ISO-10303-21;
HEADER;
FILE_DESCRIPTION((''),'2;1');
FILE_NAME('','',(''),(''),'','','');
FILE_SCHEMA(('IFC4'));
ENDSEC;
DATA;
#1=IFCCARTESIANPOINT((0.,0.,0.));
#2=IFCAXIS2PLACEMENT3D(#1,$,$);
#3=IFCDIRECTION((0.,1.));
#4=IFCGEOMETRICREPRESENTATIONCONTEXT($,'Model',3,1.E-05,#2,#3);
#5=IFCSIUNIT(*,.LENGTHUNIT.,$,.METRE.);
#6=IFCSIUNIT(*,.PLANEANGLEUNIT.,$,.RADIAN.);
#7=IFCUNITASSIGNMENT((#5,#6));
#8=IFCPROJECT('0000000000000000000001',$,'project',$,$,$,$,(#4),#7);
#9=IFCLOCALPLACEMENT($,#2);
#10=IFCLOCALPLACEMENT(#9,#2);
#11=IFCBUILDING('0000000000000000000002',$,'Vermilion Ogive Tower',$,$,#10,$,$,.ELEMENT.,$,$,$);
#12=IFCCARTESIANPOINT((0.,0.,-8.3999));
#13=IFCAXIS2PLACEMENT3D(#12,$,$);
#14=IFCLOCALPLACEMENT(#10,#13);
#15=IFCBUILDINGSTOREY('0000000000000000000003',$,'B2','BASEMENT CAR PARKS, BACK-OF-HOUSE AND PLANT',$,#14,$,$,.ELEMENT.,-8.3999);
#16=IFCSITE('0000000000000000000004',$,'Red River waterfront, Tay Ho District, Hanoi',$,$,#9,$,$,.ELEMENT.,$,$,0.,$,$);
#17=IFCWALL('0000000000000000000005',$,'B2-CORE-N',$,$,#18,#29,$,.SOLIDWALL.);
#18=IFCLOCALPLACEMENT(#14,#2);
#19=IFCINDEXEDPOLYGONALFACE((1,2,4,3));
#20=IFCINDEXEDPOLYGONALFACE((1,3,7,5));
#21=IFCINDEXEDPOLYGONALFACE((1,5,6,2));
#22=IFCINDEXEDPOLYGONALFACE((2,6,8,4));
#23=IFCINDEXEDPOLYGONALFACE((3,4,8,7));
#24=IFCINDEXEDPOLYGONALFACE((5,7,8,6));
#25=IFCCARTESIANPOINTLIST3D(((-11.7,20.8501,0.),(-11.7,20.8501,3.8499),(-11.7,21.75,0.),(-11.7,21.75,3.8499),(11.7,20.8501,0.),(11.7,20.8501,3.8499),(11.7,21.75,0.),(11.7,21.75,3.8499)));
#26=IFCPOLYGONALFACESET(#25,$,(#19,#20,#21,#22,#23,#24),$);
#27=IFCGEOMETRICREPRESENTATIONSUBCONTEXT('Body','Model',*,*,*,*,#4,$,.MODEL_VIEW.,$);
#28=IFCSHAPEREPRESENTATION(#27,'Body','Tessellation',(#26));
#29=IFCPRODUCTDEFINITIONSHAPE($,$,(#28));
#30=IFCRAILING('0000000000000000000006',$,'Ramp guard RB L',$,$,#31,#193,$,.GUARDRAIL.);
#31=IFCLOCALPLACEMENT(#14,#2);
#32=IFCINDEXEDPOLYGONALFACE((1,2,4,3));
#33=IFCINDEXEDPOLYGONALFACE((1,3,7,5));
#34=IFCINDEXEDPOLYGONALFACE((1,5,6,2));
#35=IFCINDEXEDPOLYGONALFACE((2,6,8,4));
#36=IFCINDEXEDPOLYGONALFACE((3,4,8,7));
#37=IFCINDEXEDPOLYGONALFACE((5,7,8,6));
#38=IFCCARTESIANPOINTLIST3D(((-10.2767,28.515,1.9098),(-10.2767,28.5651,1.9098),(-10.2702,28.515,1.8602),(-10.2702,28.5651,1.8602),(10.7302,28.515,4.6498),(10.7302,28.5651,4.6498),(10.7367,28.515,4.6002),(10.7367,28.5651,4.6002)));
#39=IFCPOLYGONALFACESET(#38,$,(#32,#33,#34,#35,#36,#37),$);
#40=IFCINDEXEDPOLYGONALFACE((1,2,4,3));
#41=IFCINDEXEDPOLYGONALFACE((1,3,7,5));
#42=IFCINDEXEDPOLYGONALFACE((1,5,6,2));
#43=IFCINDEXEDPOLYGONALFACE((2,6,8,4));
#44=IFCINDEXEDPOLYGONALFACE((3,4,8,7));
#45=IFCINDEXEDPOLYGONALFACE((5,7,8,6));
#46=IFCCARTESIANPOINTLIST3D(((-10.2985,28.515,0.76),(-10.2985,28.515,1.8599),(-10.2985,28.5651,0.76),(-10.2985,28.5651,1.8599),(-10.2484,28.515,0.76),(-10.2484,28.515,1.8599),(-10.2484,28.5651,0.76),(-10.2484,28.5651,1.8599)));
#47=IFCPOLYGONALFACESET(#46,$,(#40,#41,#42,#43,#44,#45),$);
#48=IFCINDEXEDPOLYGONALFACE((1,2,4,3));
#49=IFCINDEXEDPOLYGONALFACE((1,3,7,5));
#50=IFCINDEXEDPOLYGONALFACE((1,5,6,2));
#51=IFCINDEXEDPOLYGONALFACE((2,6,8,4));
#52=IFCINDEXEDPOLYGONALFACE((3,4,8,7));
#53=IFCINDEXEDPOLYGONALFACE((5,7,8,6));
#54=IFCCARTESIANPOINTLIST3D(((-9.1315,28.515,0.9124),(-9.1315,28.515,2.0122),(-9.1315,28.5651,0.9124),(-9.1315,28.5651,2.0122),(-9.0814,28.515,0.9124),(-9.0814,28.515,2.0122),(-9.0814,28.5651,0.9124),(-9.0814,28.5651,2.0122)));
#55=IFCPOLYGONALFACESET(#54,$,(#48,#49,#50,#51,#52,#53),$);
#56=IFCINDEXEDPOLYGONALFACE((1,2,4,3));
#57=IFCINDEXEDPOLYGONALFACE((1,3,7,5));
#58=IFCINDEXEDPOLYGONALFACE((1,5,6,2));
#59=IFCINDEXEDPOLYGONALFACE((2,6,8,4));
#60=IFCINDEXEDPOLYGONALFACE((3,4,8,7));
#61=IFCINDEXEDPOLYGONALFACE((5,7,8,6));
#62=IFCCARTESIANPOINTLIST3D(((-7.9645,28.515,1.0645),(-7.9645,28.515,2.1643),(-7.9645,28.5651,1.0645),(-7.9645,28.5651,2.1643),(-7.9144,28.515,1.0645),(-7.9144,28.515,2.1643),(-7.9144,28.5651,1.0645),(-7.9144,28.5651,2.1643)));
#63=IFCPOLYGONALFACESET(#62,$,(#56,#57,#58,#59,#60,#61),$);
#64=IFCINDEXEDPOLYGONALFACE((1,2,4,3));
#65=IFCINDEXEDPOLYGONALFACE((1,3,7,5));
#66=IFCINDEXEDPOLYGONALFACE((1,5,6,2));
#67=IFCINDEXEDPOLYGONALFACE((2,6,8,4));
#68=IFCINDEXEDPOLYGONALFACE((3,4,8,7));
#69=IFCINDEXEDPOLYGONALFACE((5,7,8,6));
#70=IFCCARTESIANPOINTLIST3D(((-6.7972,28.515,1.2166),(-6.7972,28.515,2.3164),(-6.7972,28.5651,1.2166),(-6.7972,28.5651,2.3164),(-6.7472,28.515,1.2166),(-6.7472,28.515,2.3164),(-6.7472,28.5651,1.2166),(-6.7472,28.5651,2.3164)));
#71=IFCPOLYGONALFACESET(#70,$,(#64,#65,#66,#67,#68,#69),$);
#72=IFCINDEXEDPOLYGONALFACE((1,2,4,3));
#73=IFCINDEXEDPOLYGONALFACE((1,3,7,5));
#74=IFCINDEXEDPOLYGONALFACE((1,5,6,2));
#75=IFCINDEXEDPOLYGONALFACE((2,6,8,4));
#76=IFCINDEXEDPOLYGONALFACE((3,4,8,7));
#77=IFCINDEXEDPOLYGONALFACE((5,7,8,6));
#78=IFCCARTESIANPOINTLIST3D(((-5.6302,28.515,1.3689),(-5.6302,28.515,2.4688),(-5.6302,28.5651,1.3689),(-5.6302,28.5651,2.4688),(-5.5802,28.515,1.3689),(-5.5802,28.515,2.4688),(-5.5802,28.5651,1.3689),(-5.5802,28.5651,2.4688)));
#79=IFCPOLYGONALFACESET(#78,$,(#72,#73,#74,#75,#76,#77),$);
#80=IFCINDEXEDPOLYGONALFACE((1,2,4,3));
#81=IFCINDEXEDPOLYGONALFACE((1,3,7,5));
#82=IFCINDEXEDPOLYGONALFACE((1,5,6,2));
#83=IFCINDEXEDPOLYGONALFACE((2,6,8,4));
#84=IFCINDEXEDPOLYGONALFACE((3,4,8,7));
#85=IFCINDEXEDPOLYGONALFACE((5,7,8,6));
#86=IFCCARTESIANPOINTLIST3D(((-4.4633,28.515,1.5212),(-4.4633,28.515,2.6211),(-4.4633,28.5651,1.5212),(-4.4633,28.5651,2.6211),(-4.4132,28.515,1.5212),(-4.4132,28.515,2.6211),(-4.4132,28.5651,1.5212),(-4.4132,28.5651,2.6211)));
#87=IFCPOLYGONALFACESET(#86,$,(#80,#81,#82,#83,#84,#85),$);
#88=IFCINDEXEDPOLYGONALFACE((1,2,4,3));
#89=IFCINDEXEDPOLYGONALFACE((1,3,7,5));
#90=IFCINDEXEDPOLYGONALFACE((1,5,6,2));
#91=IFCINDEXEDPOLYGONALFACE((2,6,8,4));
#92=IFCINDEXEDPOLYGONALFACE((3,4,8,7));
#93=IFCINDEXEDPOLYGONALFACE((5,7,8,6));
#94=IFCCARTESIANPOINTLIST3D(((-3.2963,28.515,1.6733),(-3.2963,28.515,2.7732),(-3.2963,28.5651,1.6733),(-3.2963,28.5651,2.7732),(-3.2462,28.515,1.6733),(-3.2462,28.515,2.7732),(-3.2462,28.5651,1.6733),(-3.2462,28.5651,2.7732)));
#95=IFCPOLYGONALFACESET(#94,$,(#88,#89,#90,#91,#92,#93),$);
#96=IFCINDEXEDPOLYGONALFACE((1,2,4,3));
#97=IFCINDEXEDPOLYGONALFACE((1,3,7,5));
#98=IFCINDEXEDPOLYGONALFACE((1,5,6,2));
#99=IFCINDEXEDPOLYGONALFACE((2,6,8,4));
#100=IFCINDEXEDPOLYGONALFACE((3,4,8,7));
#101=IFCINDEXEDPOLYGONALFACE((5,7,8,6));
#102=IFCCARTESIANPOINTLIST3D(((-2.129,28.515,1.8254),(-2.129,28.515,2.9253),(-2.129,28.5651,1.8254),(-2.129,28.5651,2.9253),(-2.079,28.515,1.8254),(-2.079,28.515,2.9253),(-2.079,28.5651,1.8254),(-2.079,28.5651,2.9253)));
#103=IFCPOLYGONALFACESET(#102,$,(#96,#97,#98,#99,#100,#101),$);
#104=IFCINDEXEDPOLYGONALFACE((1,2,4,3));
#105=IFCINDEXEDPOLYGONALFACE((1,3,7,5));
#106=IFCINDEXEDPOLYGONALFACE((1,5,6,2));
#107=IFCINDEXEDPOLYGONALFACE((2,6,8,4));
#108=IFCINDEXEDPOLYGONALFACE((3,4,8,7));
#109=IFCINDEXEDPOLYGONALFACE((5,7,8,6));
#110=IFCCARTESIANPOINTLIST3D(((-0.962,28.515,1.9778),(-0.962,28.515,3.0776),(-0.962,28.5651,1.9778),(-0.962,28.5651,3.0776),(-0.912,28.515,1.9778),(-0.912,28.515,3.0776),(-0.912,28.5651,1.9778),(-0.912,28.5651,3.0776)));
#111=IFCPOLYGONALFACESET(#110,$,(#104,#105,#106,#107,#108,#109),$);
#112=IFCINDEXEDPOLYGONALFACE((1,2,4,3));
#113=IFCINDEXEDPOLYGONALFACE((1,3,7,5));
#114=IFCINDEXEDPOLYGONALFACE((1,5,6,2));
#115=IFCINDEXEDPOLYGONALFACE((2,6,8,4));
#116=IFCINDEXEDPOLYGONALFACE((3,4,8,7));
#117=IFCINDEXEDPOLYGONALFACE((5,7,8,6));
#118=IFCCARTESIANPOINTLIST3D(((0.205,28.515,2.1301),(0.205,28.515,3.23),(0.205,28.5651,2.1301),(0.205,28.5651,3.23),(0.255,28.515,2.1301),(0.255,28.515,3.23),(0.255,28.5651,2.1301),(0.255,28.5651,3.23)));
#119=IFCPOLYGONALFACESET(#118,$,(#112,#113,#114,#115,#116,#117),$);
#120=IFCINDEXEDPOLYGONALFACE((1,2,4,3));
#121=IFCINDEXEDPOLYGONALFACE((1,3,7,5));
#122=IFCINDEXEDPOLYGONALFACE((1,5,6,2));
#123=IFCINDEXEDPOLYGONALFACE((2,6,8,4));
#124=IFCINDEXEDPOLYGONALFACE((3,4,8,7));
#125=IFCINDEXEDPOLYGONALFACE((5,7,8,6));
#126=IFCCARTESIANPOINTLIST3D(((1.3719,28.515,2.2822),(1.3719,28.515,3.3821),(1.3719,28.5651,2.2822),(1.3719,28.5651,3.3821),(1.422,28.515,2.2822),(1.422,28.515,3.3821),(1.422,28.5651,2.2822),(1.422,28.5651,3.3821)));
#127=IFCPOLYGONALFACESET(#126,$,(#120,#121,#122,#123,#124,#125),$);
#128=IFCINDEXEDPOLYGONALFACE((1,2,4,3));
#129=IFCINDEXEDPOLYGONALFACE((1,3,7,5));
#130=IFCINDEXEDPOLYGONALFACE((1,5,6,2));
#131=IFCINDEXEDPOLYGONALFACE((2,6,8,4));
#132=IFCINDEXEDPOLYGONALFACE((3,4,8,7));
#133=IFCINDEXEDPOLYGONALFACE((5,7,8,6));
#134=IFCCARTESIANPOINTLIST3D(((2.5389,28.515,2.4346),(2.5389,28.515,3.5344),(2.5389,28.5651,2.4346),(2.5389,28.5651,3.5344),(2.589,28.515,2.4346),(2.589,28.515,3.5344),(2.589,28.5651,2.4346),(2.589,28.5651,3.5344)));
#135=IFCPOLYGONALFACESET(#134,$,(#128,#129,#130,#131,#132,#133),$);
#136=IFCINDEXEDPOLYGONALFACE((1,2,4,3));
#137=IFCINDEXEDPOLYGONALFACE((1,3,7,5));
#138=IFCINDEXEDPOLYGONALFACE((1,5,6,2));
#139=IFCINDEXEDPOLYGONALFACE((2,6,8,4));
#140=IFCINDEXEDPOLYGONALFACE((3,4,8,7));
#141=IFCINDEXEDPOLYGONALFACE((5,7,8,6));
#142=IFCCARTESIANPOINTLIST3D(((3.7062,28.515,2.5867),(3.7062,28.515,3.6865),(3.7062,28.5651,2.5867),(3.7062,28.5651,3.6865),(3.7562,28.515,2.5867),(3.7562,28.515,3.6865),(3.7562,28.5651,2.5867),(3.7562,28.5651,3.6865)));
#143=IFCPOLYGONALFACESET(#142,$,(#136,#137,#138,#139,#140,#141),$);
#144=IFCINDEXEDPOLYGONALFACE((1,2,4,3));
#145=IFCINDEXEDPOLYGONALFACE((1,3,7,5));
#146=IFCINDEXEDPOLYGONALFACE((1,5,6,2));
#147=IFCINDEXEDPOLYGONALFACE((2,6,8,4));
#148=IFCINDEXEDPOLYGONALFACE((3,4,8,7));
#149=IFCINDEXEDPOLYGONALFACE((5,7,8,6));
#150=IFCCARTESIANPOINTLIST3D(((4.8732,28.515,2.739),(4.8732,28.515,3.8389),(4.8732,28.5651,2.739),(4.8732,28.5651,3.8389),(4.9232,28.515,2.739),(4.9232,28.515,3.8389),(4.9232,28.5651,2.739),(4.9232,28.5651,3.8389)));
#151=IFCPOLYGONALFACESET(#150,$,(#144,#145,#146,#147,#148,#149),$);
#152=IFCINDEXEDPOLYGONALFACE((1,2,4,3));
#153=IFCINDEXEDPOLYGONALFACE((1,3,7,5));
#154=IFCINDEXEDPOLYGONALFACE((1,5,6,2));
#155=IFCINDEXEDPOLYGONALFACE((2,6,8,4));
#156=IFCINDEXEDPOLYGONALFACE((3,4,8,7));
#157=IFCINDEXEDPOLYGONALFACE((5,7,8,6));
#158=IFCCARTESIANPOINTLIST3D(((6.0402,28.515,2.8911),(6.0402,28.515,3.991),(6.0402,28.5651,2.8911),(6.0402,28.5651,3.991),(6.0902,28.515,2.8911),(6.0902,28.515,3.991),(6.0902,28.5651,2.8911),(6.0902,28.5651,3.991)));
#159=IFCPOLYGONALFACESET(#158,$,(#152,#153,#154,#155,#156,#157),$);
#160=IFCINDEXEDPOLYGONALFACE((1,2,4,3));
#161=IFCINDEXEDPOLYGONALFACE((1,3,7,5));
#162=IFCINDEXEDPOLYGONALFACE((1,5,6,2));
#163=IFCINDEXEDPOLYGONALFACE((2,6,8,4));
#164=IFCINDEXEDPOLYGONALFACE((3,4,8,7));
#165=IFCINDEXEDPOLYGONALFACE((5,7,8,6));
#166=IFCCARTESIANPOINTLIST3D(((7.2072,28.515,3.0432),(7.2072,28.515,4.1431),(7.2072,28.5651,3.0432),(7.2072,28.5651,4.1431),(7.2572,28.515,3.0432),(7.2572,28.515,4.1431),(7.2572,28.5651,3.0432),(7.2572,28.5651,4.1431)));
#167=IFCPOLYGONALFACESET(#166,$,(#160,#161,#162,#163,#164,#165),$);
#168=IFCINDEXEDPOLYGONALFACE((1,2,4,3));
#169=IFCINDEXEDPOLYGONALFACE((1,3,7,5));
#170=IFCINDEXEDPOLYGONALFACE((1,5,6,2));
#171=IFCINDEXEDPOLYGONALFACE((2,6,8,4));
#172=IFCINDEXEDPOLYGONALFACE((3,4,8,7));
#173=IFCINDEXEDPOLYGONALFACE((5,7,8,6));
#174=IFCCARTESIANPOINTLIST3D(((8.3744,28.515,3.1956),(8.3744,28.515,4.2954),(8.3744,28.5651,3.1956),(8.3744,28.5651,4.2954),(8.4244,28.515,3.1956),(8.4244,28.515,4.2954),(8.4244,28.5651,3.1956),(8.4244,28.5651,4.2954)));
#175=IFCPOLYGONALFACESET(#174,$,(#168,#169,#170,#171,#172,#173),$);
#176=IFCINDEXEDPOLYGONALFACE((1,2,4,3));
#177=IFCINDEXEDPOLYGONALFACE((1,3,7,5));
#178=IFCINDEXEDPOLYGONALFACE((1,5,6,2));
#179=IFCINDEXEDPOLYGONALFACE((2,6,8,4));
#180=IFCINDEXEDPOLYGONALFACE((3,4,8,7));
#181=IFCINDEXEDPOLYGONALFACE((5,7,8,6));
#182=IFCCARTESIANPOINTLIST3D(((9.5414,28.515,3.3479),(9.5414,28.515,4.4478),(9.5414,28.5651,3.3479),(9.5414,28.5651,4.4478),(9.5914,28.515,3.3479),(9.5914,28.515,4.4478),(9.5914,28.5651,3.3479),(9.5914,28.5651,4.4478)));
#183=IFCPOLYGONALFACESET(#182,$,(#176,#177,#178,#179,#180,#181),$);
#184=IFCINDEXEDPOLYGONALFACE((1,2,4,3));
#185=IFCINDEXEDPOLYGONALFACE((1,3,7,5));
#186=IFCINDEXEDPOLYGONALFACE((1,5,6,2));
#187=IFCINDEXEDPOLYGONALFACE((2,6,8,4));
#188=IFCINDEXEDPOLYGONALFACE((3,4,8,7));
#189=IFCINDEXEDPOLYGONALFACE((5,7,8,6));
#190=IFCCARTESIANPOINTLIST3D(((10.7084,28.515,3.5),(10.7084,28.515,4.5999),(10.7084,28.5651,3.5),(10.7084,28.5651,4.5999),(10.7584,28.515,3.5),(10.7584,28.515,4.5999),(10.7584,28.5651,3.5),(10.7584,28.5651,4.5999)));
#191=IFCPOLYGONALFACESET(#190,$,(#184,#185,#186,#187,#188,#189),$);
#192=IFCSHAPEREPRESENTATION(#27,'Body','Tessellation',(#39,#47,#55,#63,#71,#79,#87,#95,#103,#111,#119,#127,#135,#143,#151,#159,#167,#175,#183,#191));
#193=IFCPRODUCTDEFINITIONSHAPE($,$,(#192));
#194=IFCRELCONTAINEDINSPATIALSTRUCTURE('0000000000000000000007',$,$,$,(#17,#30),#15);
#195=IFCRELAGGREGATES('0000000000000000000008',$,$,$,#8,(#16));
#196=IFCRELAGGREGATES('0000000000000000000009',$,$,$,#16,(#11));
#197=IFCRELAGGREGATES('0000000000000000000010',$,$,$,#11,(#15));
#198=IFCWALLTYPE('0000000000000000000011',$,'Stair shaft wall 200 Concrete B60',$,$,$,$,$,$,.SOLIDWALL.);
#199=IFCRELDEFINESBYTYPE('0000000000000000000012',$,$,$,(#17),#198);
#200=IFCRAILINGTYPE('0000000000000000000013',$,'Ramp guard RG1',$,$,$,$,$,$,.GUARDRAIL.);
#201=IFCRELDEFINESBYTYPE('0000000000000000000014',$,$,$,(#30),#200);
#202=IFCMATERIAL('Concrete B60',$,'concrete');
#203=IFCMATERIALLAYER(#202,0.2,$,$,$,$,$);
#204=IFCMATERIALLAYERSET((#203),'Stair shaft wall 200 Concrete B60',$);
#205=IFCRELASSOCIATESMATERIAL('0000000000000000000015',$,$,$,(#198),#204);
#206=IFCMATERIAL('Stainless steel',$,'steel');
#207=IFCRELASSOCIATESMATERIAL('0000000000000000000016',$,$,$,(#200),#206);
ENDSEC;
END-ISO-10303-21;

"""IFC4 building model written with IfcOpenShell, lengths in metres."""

from ifc_helpers import new_model, si_unit, direction, frame, frame_2d, origin, origin_2d, place, context, subcontext, project, spatial, rectangle, extrude, material, layer, layer_set, type_object, element, save


model = new_model("IFC4")

# Units and contexts
model_context = context("Model", 3, precision=1e-05, world=origin(), true_north=direction((0.0, 1.0)))
body_context = subcontext(model_context, "Body", "Model", "MODEL_VIEW")
ifc_project = project(units=[si_unit("LENGTHUNIT", "METRE"), si_unit("PLANEANGLEUNIT", "RADIAN")], contexts=[model_context])

# Site, building, storey
site_placement = place(None, origin())
site = spatial("IfcSite", under=ifc_project, at=site_placement, Name="Red River waterfront, Tay Ho District, Hanoi", CompositionType="ELEMENT", RefElevation=0.0)
building_placement = place(site_placement, origin())
building = spatial("IfcBuilding", under=site, at=building_placement, Name="Vermilion Ogive Tower", CompositionType="ELEMENT")
storey_placement = place(building_placement, frame((0.0, 0.0, -8.3999)))
storey = spatial("IfcBuildingStorey", under=building, at=storey_placement, Name="B2", Description="BASEMENT CAR PARKS, BACK-OF-HOUSE AND PLANT", CompositionType="ELEMENT", Elevation=-8.3999)

# Wall
ifc_material_1 = material(Name="Concrete B60", Category="concrete")
ifc_layer_1 = layer(ifc_material_1, 0.2)
ifc_layer_set_1 = layer_set([ifc_layer_1], Name="Stair shaft wall 200 Concrete B60")
wall_type_1 = type_object("IfcWallType", Name="Stair shaft wall 200 Concrete B60", PredefinedType="SOLIDWALL", material=ifc_layer_set_1)
wall_placement = place(storey_placement, frame((-11.7, 21.3, 0.0), z_axis=(0.0, 0.0, 1.0), x_axis=(1.0, 0.0, 0.0)))
element("IfcWall", 1, at=wall_placement, inside=storey, type_object=wall_type_1, Name="B2-CORE-N", PredefinedType="SOLIDWALL", context=body_context, shape_type="SweptSolid", body=[
    extrude(rectangle(XDim=23.3999, YDim=0.8999, at=frame_2d((11.7, 0.0))), origin(), (0.0, 0.0, 1.0), 3.8499),
])

# Railing
ifc_material_2 = material(Name="Stainless steel", Category="steel")
railing_type = type_object("IfcRailingType", Name="Ramp guard RG1", PredefinedType="GUARDRAIL", material=ifc_material_2)
railing_1_placement = place(storey_placement, frame((-10.2734, 28.54, 0.76)))
element("IfcRailing", 2, at=railing_1_placement, inside=storey, type_object=railing_type, Name="Ramp guard RB L", PredefinedType="GUARDRAIL", context=body_context, shape_type="SweptSolid", body=[
    extrude(rectangle(XDim=0.05, YDim=0.05, at=origin_2d()), frame((0.0, 0.0, 1.125), z_axis=(0.991601, 0.0, 0.129338), x_axis=(0.0, 1.0, 0.0)), (0.0, 0.0, 1.0), 21.1848),
    extrude(rectangle(XDim=0.05, YDim=0.05, at=origin_2d()), origin(), (0.0, 0.0, 1.0), 1.0999),
    extrude(rectangle(XDim=0.05, YDim=0.05, at=origin_2d()), frame((1.167, 0.0, 0.1523)), (0.0, 0.0, 1.0), 1.0999),
    extrude(rectangle(XDim=0.05, YDim=0.05, at=origin_2d()), frame((2.334, 0.0, 0.3044)), (0.0, 0.0, 1.0), 1.0999),
    extrude(rectangle(XDim=0.05, YDim=0.05, at=origin_2d()), frame((3.5012, 0.0, 0.4565)), (0.0, 0.0, 1.0), 1.0999),
    extrude(rectangle(XDim=0.05, YDim=0.05, at=origin_2d()), frame((4.6682, 0.0, 0.6089)), (0.0, 0.0, 1.0), 1.0999),
    extrude(rectangle(XDim=0.05, YDim=0.05, at=origin_2d()), frame((5.8352, 0.0, 0.7612)), (0.0, 0.0, 1.0), 1.0999),
    extrude(rectangle(XDim=0.05, YDim=0.05, at=origin_2d()), frame((7.0022, 0.0, 0.9133)), (0.0, 0.0, 1.0), 1.0999),
    extrude(rectangle(XDim=0.05, YDim=0.05, at=origin_2d()), frame((8.1694, 0.0, 1.0654)), (0.0, 0.0, 1.0), 1.0999),
    extrude(rectangle(XDim=0.05, YDim=0.05, at=origin_2d()), frame((9.3364, 0.0, 1.2178)), (0.0, 0.0, 1.0), 1.0999),
    extrude(rectangle(XDim=0.05, YDim=0.05, at=origin_2d()), frame((10.5034, 0.0, 1.3701)), (0.0, 0.0, 1.0), 1.0999),
    extrude(rectangle(XDim=0.05, YDim=0.05, at=origin_2d()), frame((11.6704, 0.0, 1.5222)), (0.0, 0.0, 1.0), 1.0999),
    extrude(rectangle(XDim=0.05, YDim=0.05, at=origin_2d()), frame((12.8374, 0.0, 1.6746)), (0.0, 0.0, 1.0), 1.0999),
    extrude(rectangle(XDim=0.05, YDim=0.05, at=origin_2d()), frame((14.0046, 0.0, 1.8267)), (0.0, 0.0, 1.0), 1.0999),
    extrude(rectangle(XDim=0.05, YDim=0.05, at=origin_2d()), frame((15.1716, 0.0, 1.979)), (0.0, 0.0, 1.0), 1.0999),
    extrude(rectangle(XDim=0.05, YDim=0.05, at=origin_2d()), frame((16.3386, 0.0, 2.1311)), (0.0, 0.0, 1.0), 1.0999),
    extrude(rectangle(XDim=0.05, YDim=0.05, at=origin_2d()), frame((17.5056, 0.0, 2.2832)), (0.0, 0.0, 1.0), 1.0999),
    extrude(rectangle(XDim=0.05, YDim=0.05, at=origin_2d()), frame((18.6729, 0.0, 2.4355)), (0.0, 0.0, 1.0), 1.0999),
    extrude(rectangle(XDim=0.05, YDim=0.05, at=origin_2d()), frame((19.8398, 0.0, 2.5879)), (0.0, 0.0, 1.0), 1.0999),
    extrude(rectangle(XDim=0.05, YDim=0.05, at=origin_2d()), frame((21.0068, 0.0, 2.74)), (0.0, 0.0, 1.0), 1.0999),
])

save(model, "model.ifc")
